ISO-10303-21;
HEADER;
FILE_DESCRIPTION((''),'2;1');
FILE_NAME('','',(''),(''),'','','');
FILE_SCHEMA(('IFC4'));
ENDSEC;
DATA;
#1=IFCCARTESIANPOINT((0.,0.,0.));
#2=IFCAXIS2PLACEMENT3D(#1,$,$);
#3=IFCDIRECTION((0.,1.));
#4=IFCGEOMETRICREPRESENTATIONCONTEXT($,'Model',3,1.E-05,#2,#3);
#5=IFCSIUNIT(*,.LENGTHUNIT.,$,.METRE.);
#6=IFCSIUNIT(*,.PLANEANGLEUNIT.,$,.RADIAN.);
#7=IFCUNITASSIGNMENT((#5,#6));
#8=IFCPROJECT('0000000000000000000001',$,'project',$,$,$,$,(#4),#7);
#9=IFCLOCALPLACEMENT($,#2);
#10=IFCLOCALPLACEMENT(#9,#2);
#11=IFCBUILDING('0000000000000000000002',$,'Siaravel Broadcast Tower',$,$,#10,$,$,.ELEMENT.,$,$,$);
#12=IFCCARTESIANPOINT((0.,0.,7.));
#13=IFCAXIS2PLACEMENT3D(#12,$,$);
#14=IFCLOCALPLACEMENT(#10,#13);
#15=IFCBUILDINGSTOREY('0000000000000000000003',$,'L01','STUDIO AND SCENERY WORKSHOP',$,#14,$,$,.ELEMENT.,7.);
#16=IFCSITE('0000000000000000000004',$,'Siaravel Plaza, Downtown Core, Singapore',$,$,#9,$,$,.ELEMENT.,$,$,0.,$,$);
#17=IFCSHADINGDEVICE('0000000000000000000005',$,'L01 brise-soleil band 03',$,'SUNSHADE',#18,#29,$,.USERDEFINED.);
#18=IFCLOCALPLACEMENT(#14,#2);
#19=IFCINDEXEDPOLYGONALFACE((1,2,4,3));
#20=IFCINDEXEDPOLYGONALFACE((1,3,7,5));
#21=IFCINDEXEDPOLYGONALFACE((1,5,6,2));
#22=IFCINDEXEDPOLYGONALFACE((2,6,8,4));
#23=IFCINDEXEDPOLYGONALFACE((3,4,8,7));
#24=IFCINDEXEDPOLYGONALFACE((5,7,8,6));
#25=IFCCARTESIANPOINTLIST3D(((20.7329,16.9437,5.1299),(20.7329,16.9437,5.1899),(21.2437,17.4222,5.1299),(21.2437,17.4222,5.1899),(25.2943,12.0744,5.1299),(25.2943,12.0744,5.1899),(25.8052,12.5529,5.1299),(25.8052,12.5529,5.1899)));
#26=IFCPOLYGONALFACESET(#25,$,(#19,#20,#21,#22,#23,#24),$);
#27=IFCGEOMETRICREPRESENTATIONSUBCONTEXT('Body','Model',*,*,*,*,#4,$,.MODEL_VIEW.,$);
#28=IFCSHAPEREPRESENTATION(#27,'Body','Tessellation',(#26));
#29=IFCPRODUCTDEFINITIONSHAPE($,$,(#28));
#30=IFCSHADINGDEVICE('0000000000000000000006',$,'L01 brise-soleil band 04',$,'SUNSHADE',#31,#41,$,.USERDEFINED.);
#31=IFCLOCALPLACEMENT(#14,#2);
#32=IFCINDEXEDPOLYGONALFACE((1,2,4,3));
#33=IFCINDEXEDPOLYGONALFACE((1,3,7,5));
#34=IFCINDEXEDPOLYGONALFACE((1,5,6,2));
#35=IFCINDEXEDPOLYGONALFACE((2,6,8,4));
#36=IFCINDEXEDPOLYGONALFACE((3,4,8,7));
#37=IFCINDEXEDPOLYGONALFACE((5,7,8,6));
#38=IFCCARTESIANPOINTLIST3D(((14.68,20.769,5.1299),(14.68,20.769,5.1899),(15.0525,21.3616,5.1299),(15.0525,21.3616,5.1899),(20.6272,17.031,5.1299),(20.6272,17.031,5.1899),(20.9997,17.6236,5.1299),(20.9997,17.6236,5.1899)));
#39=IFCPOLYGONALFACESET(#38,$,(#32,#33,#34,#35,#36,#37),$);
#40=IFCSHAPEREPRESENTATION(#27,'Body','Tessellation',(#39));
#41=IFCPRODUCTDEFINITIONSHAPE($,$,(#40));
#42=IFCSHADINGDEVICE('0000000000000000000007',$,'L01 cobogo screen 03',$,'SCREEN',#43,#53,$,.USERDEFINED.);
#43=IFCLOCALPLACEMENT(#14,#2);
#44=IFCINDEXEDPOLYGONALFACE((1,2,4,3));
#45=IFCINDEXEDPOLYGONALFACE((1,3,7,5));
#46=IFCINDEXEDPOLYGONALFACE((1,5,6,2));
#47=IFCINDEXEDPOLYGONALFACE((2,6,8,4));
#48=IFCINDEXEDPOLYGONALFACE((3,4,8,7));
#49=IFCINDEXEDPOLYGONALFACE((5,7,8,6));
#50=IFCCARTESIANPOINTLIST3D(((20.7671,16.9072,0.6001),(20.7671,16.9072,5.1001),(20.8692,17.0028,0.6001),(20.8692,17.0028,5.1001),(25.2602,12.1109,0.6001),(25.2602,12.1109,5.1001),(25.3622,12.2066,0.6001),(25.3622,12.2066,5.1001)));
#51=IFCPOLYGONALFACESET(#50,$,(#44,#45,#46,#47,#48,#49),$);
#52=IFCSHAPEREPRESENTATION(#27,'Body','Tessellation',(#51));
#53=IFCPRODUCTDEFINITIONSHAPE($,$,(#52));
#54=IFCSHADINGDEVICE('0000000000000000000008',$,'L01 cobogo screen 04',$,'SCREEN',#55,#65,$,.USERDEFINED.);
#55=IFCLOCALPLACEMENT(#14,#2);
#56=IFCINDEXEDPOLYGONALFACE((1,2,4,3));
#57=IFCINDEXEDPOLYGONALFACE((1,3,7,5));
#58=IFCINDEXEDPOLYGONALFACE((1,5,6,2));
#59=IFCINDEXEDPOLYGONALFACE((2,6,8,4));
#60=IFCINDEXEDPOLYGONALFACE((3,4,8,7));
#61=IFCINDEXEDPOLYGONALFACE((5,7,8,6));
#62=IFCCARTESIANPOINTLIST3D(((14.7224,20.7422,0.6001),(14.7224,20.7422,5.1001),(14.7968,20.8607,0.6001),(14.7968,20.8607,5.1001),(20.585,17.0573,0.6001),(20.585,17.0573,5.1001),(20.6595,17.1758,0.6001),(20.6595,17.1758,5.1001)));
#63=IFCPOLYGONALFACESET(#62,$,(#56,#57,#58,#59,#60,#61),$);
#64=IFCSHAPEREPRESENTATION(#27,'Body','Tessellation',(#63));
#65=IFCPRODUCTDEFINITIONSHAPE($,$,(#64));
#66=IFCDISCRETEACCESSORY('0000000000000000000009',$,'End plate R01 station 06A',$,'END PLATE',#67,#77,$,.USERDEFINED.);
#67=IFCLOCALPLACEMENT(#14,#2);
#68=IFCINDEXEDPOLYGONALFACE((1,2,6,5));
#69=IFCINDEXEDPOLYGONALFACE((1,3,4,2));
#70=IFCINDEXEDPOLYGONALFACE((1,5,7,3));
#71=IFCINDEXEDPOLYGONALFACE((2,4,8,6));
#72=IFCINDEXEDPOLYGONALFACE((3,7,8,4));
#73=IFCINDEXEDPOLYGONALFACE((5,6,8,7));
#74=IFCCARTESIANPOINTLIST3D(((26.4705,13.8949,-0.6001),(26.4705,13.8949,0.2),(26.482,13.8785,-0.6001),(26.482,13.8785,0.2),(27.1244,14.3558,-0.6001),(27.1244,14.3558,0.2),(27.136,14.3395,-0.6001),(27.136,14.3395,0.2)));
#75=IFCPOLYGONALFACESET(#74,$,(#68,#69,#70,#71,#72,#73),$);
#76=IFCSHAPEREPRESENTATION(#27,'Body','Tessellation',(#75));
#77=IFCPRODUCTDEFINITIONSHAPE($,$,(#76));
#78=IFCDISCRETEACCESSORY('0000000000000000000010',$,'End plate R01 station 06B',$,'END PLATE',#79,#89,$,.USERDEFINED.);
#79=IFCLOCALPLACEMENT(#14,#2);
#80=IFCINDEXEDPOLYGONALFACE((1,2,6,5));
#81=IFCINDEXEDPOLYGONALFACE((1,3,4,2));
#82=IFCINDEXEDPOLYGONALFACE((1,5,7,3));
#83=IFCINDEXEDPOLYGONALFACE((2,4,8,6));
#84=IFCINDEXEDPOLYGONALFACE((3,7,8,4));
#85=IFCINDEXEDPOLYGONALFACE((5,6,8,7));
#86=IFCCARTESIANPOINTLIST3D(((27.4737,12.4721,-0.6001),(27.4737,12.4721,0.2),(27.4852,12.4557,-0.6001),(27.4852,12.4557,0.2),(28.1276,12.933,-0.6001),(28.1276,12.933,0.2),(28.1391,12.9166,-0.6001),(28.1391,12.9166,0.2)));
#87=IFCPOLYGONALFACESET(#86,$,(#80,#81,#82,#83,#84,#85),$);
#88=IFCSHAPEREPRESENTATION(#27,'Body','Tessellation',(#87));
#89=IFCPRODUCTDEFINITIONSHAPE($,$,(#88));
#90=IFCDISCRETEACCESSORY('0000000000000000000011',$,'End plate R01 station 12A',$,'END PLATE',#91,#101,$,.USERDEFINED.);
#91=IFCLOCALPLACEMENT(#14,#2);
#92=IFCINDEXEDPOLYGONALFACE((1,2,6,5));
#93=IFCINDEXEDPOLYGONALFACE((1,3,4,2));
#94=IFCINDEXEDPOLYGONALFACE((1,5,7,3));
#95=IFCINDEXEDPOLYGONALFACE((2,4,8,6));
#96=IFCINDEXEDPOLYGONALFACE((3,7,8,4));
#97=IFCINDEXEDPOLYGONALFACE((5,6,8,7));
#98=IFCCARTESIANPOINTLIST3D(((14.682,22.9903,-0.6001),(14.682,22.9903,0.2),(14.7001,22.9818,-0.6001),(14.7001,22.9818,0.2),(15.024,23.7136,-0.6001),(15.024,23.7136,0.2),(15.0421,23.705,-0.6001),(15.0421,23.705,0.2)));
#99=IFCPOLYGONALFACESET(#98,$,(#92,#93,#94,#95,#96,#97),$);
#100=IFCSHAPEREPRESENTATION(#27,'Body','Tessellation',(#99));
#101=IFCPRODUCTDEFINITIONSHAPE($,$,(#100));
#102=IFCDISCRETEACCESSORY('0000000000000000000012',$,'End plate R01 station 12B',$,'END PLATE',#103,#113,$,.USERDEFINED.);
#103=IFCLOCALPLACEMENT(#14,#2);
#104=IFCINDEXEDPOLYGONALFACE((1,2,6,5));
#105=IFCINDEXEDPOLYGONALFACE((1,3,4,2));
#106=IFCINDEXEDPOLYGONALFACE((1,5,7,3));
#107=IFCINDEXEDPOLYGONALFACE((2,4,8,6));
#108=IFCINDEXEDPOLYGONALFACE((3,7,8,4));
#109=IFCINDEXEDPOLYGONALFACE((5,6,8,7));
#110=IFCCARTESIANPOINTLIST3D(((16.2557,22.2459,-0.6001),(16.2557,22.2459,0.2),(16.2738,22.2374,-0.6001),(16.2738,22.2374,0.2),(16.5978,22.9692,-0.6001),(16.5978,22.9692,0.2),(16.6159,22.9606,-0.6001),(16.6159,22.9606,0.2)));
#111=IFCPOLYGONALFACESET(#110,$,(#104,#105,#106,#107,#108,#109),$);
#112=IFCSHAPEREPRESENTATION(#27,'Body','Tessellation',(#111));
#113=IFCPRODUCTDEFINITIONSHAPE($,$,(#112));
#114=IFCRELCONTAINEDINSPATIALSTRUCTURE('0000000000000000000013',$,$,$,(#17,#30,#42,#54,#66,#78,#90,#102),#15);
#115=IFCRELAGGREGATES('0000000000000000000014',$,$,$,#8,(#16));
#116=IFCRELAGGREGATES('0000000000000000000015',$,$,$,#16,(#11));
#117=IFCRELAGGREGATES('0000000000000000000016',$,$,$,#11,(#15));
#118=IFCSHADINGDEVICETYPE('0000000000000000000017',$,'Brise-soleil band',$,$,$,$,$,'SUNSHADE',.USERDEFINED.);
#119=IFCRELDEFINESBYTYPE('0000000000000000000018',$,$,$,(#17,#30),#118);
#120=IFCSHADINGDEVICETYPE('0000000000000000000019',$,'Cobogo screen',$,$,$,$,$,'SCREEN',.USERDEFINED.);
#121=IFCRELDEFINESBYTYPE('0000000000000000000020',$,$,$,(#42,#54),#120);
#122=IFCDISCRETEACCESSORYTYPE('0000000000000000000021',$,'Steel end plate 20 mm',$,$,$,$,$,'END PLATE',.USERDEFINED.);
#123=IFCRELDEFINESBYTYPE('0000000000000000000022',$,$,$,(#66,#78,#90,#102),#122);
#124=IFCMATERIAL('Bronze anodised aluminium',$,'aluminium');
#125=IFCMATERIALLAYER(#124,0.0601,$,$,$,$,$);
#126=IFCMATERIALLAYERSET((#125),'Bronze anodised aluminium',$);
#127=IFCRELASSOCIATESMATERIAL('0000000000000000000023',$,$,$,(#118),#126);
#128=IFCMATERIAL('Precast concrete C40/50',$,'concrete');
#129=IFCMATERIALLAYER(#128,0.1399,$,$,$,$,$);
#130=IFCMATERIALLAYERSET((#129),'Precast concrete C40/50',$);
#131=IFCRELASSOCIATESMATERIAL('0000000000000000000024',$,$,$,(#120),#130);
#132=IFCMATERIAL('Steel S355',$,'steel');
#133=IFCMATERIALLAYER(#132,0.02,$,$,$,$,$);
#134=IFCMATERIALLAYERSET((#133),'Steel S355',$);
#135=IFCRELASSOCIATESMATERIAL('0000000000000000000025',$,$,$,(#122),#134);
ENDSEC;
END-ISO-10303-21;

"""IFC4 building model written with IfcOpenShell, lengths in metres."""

from ifc_helpers import new_model, si_unit, direction, frame, origin, origin_2d, place, context, subcontext, project, spatial, rectangle, extrude, material, layer, layer_set, type_object, element, save


model = new_model("IFC4")

# Units and contexts
model_context = context("Model", 3, precision=1e-05, world=origin(), true_north=direction((0.0, 1.0)))
body_context = subcontext(model_context, "Body", "Model", "MODEL_VIEW")
ifc_project = project(units=[si_unit("LENGTHUNIT", "METRE"), si_unit("PLANEANGLEUNIT", "RADIAN")], contexts=[model_context])

# Site, building, storey
site_placement = place(None, origin())
site = spatial("IfcSite", under=ifc_project, at=site_placement, Name="Siaravel Plaza, Downtown Core, Singapore", CompositionType="ELEMENT", RefElevation=0.0)
building_placement = place(site_placement, origin())
building = spatial("IfcBuilding", under=site, at=building_placement, Name="Siaravel Broadcast Tower", CompositionType="ELEMENT")
storey_placement = place(building_placement, frame((0.0, 0.0, 7.0)))
storey = spatial("IfcBuildingStorey", under=building, at=storey_placement, Name="L01", Description="STUDIO AND SCENERY WORKSHOP", CompositionType="ELEMENT", Elevation=7.0)

# Shared definitions
ifc_material_1 = material(Name="Steel S355", Category="steel")

# Shading devices
ifc_material_2 = material(Name="Bronze anodised aluminium", Category="aluminium")
ifc_layer_1 = layer(ifc_material_2, 0.0601)
ifc_layer_set_1 = layer_set([ifc_layer_1], Name="Bronze anodised aluminium")
shading_device_type_1 = type_object("IfcShadingDeviceType", Name="Brise-soleil band", ElementType="SUNSHADE", PredefinedType="USERDEFINED", material=ifc_layer_set_1)
shading_device_1_placement = place(storey_placement, frame((23.269, 14.7483, 5.1299), z_axis=(0.0, 0.0, 1.0), x_axis=(-0.683656, 0.729804, 0.0)))
element("IfcShadingDevice", 1, at=shading_device_1_placement, inside=storey, type_object=shading_device_type_1, Name="L01 brise-soleil band 03", ObjectType="SUNSHADE", PredefinedType="USERDEFINED", context=body_context, shape_type="SweptSolid", body=[
    extrude(rectangle(XDim=6.6721, YDim=0.7, at=origin_2d()), origin(), (0.0, 0.0, 1.0), 0.0601),
])
shading_device_2_placement = place(storey_placement, frame((17.8398, 19.1963, 5.1299), z_axis=(0.0, 0.0, 1.0), x_axis=(-0.84665, 0.532149, 0.0)))
element("IfcShadingDevice", 2, at=shading_device_2_placement, inside=storey, type_object=shading_device_type_1, Name="L01 brise-soleil band 04", ObjectType="SUNSHADE", PredefinedType="USERDEFINED", context=body_context, shape_type="SweptSolid", body=[
    extrude(rectangle(XDim=7.0244, YDim=0.7, at=origin_2d()), origin(), (0.0, 0.0, 1.0), 0.0601),
])
ifc_material_3 = material(Name="Precast concrete C40/50", Category="concrete")
ifc_layer_2 = layer(ifc_material_3, 0.1399)
ifc_layer_set_2 = layer_set([ifc_layer_2], Name="Precast concrete C40/50")
shading_device_type_2 = type_object("IfcShadingDeviceType", Name="Cobogo screen", ElementType="SCREEN", PredefinedType="USERDEFINED", material=ifc_layer_set_2)
shading_device_3_placement = place(storey_placement, frame((23.0647, 14.5569, 0.6001), z_axis=(0.0, 0.0, 1.0), x_axis=(-0.683656, 0.729804, 0.0)))
element("IfcShadingDevice", 3, at=shading_device_3_placement, inside=storey, type_object=shading_device_type_2, Name="L01 cobogo screen 03", ObjectType="SCREEN", PredefinedType="USERDEFINED", context=body_context, shape_type="SweptSolid", body=[
    extrude(rectangle(XDim=6.572, YDim=0.1399, at=origin_2d()), origin(), (0.0, 0.0, 1.0), 4.5),
])
shading_device_4_placement = place(storey_placement, frame((17.6909, 18.959, 0.6001), z_axis=(0.0, 0.0, 1.0), x_axis=(-0.84665, 0.532149, 0.0)))
element("IfcShadingDevice", 4, at=shading_device_4_placement, inside=storey, type_object=shading_device_type_2, Name="L01 cobogo screen 04", ObjectType="SCREEN", PredefinedType="USERDEFINED", context=body_context, shape_type="SweptSolid", body=[
    extrude(rectangle(XDim=6.9246, YDim=0.1399, at=origin_2d()), origin(), (0.0, 0.0, 1.0), 4.5),
])

# Discrete accessories
ifc_layer_3 = layer(ifc_material_1, 0.02)
ifc_layer_set_3 = layer_set([ifc_layer_3], Name="Steel S355")
discrete_accessory_type = type_object("IfcDiscreteAccessoryType", Name="Steel end plate 20 mm", ElementType="END PLATE", PredefinedType="USERDEFINED", material=ifc_layer_set_3)
for number, where, z_axis, x_axis, name in (
    (5, (26.8032, 14.1172, -0.6001), (0.0, 0.0, 1.0), (-0.576119, 0.817366, 0.0), "End plate R01 station 06A"),
    (6, (27.8064, 12.6943, -0.6001), (0.0, 0.0, 1.0), (-0.576119, 0.817366, 0.0), "End plate R01 station 06B"),
    (7, (14.8621, 23.3477, -0.6001), (0.0, 0.0, 1.0), (-0.904006, 0.427519, 0.0), "End plate R01 station 12A"),
    (8, (16.4358, 22.6033, -0.6001), (0.0, 0.0, 1.0), (-0.904006, 0.427519, 0.0), "End plate R01 station 12B"),
):
    element("IfcDiscreteAccessory", number, at=place(storey_placement, frame(where, z_axis=z_axis, x_axis=x_axis)), inside=storey, type_object=discrete_accessory_type, Name=name, ObjectType="END PLATE", PredefinedType="USERDEFINED", context=body_context, shape_type="SweptSolid", body=[
        extrude(rectangle(XDim=0.02, YDim=0.8, at=origin_2d()), origin(), (0.0, 0.0, 1.0), 0.8),
    ])

save(model, "model.ifc")
